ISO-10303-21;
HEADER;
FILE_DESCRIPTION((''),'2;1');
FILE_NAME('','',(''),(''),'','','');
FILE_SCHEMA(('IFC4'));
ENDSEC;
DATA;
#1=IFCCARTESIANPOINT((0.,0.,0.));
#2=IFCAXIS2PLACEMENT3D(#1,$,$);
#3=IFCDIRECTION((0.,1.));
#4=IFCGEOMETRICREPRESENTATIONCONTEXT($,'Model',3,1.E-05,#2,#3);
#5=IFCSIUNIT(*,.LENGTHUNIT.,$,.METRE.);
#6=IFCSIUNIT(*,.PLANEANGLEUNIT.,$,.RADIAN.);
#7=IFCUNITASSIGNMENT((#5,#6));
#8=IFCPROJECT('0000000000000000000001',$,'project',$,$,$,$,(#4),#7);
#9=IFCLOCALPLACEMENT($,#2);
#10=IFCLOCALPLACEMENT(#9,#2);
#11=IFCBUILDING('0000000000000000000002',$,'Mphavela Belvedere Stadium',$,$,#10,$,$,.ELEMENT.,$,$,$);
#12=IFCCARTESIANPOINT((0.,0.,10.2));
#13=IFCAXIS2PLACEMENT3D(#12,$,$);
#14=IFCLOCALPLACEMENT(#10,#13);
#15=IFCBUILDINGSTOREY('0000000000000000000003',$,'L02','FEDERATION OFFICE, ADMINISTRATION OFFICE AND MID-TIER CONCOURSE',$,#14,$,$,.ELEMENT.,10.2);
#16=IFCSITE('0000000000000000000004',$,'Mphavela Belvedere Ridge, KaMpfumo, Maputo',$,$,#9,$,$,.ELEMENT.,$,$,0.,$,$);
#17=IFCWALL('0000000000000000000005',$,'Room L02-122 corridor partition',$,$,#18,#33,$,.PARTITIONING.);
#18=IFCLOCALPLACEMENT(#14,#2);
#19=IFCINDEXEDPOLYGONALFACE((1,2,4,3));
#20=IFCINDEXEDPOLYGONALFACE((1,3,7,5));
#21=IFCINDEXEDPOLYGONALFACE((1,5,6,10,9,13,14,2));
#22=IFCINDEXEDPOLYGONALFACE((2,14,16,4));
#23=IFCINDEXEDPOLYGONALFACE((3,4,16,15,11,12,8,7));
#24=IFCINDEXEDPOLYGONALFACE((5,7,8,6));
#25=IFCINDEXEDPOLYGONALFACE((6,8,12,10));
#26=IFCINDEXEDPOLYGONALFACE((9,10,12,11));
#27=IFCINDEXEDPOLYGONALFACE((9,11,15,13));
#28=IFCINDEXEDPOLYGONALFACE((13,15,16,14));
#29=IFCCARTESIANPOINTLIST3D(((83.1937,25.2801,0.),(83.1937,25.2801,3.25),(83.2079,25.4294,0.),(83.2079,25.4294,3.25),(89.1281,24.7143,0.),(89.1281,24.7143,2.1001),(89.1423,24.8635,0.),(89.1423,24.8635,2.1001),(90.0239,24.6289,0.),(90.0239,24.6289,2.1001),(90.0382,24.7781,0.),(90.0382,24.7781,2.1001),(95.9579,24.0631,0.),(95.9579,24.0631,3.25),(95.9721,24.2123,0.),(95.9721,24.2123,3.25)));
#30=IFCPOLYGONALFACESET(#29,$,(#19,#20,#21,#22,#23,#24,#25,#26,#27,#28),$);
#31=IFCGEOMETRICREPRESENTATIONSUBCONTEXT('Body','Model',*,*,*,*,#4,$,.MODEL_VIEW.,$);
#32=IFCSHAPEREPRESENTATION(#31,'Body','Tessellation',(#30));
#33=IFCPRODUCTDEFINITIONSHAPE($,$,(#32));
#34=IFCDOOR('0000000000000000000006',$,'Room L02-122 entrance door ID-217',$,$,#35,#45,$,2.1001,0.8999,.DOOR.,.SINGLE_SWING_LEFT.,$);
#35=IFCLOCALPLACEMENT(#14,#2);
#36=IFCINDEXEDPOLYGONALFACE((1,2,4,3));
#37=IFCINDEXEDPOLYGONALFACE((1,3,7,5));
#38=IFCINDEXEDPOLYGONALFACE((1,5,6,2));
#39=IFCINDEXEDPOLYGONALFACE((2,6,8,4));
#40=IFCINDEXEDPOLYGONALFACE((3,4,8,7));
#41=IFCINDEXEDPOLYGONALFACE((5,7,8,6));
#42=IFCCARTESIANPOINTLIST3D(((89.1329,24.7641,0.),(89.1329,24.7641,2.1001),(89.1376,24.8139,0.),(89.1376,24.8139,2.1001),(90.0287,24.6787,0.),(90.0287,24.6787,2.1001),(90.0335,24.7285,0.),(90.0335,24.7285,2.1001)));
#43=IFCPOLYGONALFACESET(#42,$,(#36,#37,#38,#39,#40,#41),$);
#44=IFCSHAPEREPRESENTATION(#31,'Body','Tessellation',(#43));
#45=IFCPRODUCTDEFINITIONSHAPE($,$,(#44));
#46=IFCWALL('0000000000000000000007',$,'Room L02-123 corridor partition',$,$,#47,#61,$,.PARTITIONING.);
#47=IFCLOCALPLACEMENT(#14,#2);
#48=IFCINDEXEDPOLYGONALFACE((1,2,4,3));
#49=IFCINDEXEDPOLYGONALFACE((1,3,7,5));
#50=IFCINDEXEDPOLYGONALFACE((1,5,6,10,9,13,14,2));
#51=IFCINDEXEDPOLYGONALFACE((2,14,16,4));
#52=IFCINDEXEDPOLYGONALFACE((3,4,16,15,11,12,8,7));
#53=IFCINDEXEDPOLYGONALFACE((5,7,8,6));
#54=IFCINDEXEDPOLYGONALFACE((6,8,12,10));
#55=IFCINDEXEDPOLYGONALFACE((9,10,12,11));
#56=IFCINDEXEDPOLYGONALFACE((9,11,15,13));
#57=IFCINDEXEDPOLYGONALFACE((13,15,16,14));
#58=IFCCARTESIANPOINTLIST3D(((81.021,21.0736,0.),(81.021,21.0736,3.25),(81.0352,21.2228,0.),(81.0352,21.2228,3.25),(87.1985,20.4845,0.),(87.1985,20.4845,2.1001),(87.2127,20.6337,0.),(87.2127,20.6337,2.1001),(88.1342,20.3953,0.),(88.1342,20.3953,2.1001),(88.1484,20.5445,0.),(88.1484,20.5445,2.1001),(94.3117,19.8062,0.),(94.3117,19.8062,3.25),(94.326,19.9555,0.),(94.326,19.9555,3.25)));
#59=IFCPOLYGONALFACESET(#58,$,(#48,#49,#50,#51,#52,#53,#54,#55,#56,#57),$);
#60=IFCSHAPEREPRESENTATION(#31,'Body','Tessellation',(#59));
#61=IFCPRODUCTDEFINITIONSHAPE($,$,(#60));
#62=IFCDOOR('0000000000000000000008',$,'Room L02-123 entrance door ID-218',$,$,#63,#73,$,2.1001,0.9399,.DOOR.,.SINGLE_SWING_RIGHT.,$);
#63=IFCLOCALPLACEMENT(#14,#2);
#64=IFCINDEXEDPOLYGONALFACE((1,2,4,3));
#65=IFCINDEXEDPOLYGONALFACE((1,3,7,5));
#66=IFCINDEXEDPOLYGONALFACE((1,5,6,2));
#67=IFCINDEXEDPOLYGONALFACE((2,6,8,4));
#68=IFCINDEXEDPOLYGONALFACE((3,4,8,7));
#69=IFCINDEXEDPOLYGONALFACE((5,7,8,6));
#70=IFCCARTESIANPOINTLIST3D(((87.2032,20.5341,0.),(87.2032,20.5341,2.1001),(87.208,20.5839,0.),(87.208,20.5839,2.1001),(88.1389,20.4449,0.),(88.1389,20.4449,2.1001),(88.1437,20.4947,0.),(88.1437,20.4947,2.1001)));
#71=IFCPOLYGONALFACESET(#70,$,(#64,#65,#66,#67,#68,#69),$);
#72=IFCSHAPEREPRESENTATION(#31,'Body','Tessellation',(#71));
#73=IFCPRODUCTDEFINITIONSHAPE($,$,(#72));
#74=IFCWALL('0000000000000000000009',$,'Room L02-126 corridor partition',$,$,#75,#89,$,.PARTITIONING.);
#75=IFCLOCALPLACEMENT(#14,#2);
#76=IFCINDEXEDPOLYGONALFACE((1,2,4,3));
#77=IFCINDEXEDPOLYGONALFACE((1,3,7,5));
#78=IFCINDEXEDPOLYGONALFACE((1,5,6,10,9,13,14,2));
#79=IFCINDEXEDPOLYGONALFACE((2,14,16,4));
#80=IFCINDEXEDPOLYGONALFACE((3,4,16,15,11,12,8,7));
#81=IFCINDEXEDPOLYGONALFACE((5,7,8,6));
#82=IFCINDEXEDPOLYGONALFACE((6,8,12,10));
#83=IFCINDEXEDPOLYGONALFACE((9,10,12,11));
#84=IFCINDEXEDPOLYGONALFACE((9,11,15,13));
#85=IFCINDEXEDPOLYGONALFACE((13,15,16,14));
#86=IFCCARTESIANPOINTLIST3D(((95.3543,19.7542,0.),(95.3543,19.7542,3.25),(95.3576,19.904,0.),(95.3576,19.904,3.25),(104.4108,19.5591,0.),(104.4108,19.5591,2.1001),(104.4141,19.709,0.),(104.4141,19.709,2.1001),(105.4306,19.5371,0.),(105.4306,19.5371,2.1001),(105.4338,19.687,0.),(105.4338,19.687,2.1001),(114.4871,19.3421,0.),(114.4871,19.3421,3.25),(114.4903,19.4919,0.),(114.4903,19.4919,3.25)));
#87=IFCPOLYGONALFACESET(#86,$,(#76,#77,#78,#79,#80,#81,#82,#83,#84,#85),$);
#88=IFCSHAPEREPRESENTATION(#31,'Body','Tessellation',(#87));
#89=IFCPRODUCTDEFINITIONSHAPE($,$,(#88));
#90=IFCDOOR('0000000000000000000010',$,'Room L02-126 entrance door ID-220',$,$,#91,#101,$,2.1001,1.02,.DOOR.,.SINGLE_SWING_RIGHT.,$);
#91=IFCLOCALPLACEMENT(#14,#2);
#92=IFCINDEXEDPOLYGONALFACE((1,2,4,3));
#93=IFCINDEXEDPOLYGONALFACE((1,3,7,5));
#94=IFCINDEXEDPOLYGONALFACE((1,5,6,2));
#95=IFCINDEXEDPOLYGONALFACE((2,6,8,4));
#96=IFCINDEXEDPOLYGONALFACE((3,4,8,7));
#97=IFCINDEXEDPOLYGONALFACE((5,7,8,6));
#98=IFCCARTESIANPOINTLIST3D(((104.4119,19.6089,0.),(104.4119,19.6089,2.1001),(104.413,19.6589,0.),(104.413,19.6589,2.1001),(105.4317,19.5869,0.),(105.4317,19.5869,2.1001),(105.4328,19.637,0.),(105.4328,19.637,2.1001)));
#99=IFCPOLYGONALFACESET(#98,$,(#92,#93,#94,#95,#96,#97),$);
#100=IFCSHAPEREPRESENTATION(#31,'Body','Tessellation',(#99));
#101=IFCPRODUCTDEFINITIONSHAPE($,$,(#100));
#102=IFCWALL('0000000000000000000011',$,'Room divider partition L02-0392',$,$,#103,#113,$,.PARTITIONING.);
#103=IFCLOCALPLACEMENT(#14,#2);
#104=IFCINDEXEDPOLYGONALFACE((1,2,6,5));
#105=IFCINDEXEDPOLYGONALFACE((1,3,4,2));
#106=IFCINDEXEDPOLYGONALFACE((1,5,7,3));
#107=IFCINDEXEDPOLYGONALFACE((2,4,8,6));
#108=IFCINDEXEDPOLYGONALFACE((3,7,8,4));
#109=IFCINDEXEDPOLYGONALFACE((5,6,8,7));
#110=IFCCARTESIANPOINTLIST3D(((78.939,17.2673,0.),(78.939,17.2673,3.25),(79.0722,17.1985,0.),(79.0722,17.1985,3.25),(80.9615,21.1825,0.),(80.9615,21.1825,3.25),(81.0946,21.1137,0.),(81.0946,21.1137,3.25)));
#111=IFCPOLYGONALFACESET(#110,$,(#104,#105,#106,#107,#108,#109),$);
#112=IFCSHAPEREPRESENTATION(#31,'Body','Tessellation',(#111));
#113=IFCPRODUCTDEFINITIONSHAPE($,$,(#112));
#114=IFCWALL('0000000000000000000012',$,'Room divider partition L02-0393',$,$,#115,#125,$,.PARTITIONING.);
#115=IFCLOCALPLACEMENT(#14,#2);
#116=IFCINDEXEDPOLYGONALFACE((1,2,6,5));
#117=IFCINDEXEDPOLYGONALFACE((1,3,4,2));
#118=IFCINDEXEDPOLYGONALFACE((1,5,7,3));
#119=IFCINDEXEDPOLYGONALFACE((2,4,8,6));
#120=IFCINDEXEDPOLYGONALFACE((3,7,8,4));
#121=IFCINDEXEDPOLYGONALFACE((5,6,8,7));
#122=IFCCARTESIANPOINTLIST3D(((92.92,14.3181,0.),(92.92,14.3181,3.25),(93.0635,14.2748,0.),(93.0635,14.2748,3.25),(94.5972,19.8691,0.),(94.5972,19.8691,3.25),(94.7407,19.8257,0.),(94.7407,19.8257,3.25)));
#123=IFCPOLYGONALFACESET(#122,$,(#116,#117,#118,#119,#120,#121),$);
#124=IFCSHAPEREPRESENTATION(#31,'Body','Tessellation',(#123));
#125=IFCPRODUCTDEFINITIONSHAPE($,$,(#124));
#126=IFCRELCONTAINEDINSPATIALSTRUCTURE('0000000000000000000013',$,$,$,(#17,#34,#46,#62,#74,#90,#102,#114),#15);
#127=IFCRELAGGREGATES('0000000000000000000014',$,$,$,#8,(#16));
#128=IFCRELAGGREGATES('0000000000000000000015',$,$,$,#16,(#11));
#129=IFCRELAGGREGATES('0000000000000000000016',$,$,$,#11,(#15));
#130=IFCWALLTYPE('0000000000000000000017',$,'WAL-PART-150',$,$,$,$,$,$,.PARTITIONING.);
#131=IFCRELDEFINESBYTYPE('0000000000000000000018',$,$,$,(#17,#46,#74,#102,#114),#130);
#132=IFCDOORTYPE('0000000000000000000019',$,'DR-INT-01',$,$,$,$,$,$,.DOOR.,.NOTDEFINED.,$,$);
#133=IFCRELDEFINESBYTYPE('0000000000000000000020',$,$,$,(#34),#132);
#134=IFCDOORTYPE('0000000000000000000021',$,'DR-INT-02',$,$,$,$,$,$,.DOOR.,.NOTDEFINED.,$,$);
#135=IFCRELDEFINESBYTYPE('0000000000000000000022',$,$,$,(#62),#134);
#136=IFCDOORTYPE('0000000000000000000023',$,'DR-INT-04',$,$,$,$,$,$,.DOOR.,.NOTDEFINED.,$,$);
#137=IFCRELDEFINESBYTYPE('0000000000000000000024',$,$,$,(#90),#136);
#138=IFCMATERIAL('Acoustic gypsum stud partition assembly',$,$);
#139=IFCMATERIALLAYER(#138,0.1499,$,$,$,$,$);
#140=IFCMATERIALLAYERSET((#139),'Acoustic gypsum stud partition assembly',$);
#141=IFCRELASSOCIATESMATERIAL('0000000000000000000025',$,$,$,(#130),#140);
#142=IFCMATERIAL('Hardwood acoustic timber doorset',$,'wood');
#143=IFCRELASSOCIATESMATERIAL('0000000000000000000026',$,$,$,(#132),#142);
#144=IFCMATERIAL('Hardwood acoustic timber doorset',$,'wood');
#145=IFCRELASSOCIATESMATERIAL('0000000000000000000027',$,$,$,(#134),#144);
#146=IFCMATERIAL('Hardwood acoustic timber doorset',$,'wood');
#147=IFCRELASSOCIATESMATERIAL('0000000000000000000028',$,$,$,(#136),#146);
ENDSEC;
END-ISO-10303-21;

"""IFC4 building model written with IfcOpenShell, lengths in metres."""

from ifc_helpers import new_model, si_unit, direction, frame, frame_2d, origin, place, context, subcontext, project, spatial, rectangle, extrude, material, layer, layer_set, type_object, element, fill, save


model = new_model("IFC4")

# Units and contexts
model_context = context("Model", 3, precision=1e-05, world=origin(), true_north=direction((0.0, 1.0)))
body_context = subcontext(model_context, "Body", "Model", "MODEL_VIEW")
ifc_project = project(units=[si_unit("LENGTHUNIT", "METRE"), si_unit("PLANEANGLEUNIT", "RADIAN")], contexts=[model_context])

# Site, building, storey
site_placement = place(None, origin())
site = spatial("IfcSite", under=ifc_project, at=site_placement, Name="Mphavela Belvedere Ridge, KaMpfumo, Maputo", CompositionType="ELEMENT", RefElevation=0.0)
building_placement = place(site_placement, origin())
building = spatial("IfcBuilding", under=site, at=building_placement, Name="Mphavela Belvedere Stadium", CompositionType="ELEMENT")
storey_placement = place(building_placement, frame((0.0, 0.0, 10.2)))
storey = spatial("IfcBuildingStorey", under=building, at=storey_placement, Name="L02", Description="FEDERATION OFFICE, ADMINISTRATION OFFICE AND MID-TIER CONCOURSE", CompositionType="ELEMENT", Elevation=10.2)

# Walls, openings, doors
ifc_material_1 = material(Name="Acoustic gypsum stud partition assembly")
ifc_layer_1 = layer(ifc_material_1, 0.1499)
ifc_layer_set_1 = layer_set([ifc_layer_1], Name="Acoustic gypsum stud partition assembly")
wall_type_1 = type_object("IfcWallType", Name="WAL-PART-150", PredefinedType="PARTITIONING", material=ifc_layer_set_1)
wall_1_placement = place(storey_placement, frame((95.9651, 24.1377, 0.0), z_axis=(0.0, 0.0, 1.0), x_axis=(-0.995485, 0.094918, 0.0)))
wall_1 = element("IfcWall", 1, at=wall_1_placement, inside=storey, type_object=wall_type_1, Name="Room L02-122 corridor partition", PredefinedType="PARTITIONING", context=body_context, shape_type="SweptSolid", body=[
    extrude(rectangle(XDim=12.822, YDim=0.1499, at=frame_2d((6.4111, 0.0))), origin(), (0.0, 0.0, 1.0), 3.25),
])
opening_1_placement = place(wall_1_placement, frame((5.9609, 0.0, 0.0)))
opening_1 = element("IfcOpeningElement", 2, at=opening_1_placement, cuts=wall_1, PredefinedType="OPENING", context=body_context, shape_type="SweptSolid", body=[
    extrude(rectangle(XDim=0.8999, YDim=2.1001, at=frame_2d((0.45, 1.05))), frame((0.0, 0.085, 0.0), z_axis=(0.0, -1.0, 0.0), x_axis=(1.0, 0.0, 0.0)), (0.0, 0.0, 1.0), 0.1699),
])
ifc_material_2 = material(Name="Hardwood acoustic timber doorset", Category="wood")
door_type_1 = type_object("IfcDoorType", Name="DR-INT-01", OperationType="NOTDEFINED", PredefinedType="DOOR", material=ifc_material_2)
door_1_placement = place(opening_1_placement, origin())
door_1 = element("IfcDoor", 3, at=door_1_placement, inside=storey, type_object=door_type_1, Name="Room L02-122 entrance door ID-217", OperationType="SINGLE_SWING_LEFT", OverallHeight=2.1001, OverallWidth=0.8999, PredefinedType="DOOR", context=body_context, shape_type="SweptSolid", body=[
    extrude(rectangle(XDim=0.8999, YDim=2.1001, at=frame_2d((0.45, 1.05))), frame((0.0, 0.0249, 0.0), z_axis=(0.0, -1.0, 0.0), x_axis=(1.0, 0.0, 0.0)), (0.0, 0.0, 1.0), 0.05),
])
fill(opening_1, door_1)
wall_2_placement = place(storey_placement, frame((81.0281, 21.1482, 0.0), z_axis=(0.0, 0.0, 1.0), x_axis=(0.995485, -0.094924, 0.0)))
wall_2 = element("IfcWall", 4, at=wall_2_placement, inside=storey, type_object=wall_type_1, Name="Room L02-123 corridor partition", PredefinedType="PARTITIONING", context=body_context, shape_type="SweptSolid", body=[
    extrude(rectangle(XDim=13.3511, YDim=0.1499, at=frame_2d((6.6755, 0.0))), origin(), (0.0, 0.0, 1.0), 3.25),
])
opening_2_placement = place(wall_2_placement, frame((6.2056, 0.0, 0.0)))
opening_2 = element("IfcOpeningElement", 5, at=opening_2_placement, cuts=wall_2, PredefinedType="OPENING", context=body_context, shape_type="SweptSolid", body=[
    extrude(rectangle(XDim=0.9399, YDim=2.1001, at=frame_2d((0.47, 1.05))), frame((0.0, 0.085, 0.0), z_axis=(0.0, -1.0, 0.0), x_axis=(1.0, 0.0, 0.0)), (0.0, 0.0, 1.0), 0.1699),
])
ifc_material_3 = material(Name="Hardwood acoustic timber doorset", Category="wood")
door_type_2 = type_object("IfcDoorType", Name="DR-INT-02", OperationType="NOTDEFINED", PredefinedType="DOOR", material=ifc_material_3)
door_2_placement = place(opening_2_placement, origin())
door_2 = element("IfcDoor", 6, at=door_2_placement, inside=storey, type_object=door_type_2, Name="Room L02-123 entrance door ID-218", OperationType="SINGLE_SWING_RIGHT", OverallHeight=2.1001, OverallWidth=0.9399, PredefinedType="DOOR", context=body_context, shape_type="SweptSolid", body=[
    extrude(rectangle(XDim=0.9399, YDim=2.1001, at=frame_2d((0.47, 1.05))), frame((0.0, 0.0249, 0.0), z_axis=(0.0, -1.0, 0.0), x_axis=(1.0, 0.0, 0.0)), (0.0, 0.0, 1.0), 0.05),
])
fill(opening_2, door_2)
wall_3_placement = place(storey_placement, frame((95.356, 19.8291, 0.0), z_axis=(0.0, 0.0, 1.0), x_axis=(0.999768, -0.021534, 0.0)))
wall_3 = element("IfcWall", 7, at=wall_3_placement, inside=storey, type_object=wall_type_1, Name="Room L02-126 corridor partition", PredefinedType="PARTITIONING", context=body_context, shape_type="SweptSolid", body=[
    extrude(rectangle(XDim=19.1372, YDim=0.1499, at=frame_2d((9.5686, 0.0))), origin(), (0.0, 0.0, 1.0), 3.25),
])
opening_3_placement = place(wall_3_placement, frame((9.0586, 0.0, 0.0)))
opening_3 = element("IfcOpeningElement", 8, at=opening_3_placement, cuts=wall_3, PredefinedType="OPENING", context=body_context, shape_type="SweptSolid", body=[
    extrude(rectangle(XDim=1.02, YDim=2.1001, at=frame_2d((0.51, 1.05))), frame((0.0, 0.085, 0.0), z_axis=(0.0, -1.0, 0.0), x_axis=(1.0, 0.0, 0.0)), (0.0, 0.0, 1.0), 0.1699),
])
ifc_material_4 = material(Name="Hardwood acoustic timber doorset", Category="wood")
door_type_3 = type_object("IfcDoorType", Name="DR-INT-04", OperationType="NOTDEFINED", PredefinedType="DOOR", material=ifc_material_4)
door_3_placement = place(opening_3_placement, origin())
door_3 = element("IfcDoor", 9, at=door_3_placement, inside=storey, type_object=door_type_3, Name="Room L02-126 entrance door ID-220", OperationType="SINGLE_SWING_RIGHT", OverallHeight=2.1001, OverallWidth=1.02, PredefinedType="DOOR", context=body_context, shape_type="SweptSolid", body=[
    extrude(rectangle(XDim=1.02, YDim=2.1001, at=frame_2d((0.51, 1.05))), frame((0.0, 0.0249, 0.0), z_axis=(0.0, -1.0, 0.0), x_axis=(1.0, 0.0, 0.0)), (0.0, 0.0, 1.0), 0.05),
])
fill(opening_3, door_3)

# Walls
wall_4_placement = place(storey_placement, frame((79.0056, 17.2329, 0.0), z_axis=(0.0, 0.0, 1.0), x_axis=(0.458942, 0.888466, 0.0)))
element("IfcWall", 10, at=wall_4_placement, inside=storey, type_object=wall_type_1, Name="Room divider partition L02-0392", PredefinedType="PARTITIONING", context=body_context, shape_type="SweptSolid", body=[
    extrude(rectangle(XDim=4.4067, YDim=0.1499, at=frame_2d((2.2034, 0.0))), origin(), (0.0, 0.0, 1.0), 3.25),
])
wall_5_placement = place(storey_placement, frame((94.6689, 19.8474, 0.0), z_axis=(0.0, 0.0, 1.0), x_axis=(-0.289236, -0.957258, 0.0)))
element("IfcWall", 11, at=wall_5_placement, inside=storey, type_object=wall_type_1, Name="Room divider partition L02-0393", PredefinedType="PARTITIONING", context=body_context, shape_type="SweptSolid", body=[
    extrude(rectangle(XDim=5.7988, YDim=0.1499, at=frame_2d((2.8994, 0.0))), origin(), (0.0, 0.0, 1.0), 3.25),
])

save(model, "model.ifc")
